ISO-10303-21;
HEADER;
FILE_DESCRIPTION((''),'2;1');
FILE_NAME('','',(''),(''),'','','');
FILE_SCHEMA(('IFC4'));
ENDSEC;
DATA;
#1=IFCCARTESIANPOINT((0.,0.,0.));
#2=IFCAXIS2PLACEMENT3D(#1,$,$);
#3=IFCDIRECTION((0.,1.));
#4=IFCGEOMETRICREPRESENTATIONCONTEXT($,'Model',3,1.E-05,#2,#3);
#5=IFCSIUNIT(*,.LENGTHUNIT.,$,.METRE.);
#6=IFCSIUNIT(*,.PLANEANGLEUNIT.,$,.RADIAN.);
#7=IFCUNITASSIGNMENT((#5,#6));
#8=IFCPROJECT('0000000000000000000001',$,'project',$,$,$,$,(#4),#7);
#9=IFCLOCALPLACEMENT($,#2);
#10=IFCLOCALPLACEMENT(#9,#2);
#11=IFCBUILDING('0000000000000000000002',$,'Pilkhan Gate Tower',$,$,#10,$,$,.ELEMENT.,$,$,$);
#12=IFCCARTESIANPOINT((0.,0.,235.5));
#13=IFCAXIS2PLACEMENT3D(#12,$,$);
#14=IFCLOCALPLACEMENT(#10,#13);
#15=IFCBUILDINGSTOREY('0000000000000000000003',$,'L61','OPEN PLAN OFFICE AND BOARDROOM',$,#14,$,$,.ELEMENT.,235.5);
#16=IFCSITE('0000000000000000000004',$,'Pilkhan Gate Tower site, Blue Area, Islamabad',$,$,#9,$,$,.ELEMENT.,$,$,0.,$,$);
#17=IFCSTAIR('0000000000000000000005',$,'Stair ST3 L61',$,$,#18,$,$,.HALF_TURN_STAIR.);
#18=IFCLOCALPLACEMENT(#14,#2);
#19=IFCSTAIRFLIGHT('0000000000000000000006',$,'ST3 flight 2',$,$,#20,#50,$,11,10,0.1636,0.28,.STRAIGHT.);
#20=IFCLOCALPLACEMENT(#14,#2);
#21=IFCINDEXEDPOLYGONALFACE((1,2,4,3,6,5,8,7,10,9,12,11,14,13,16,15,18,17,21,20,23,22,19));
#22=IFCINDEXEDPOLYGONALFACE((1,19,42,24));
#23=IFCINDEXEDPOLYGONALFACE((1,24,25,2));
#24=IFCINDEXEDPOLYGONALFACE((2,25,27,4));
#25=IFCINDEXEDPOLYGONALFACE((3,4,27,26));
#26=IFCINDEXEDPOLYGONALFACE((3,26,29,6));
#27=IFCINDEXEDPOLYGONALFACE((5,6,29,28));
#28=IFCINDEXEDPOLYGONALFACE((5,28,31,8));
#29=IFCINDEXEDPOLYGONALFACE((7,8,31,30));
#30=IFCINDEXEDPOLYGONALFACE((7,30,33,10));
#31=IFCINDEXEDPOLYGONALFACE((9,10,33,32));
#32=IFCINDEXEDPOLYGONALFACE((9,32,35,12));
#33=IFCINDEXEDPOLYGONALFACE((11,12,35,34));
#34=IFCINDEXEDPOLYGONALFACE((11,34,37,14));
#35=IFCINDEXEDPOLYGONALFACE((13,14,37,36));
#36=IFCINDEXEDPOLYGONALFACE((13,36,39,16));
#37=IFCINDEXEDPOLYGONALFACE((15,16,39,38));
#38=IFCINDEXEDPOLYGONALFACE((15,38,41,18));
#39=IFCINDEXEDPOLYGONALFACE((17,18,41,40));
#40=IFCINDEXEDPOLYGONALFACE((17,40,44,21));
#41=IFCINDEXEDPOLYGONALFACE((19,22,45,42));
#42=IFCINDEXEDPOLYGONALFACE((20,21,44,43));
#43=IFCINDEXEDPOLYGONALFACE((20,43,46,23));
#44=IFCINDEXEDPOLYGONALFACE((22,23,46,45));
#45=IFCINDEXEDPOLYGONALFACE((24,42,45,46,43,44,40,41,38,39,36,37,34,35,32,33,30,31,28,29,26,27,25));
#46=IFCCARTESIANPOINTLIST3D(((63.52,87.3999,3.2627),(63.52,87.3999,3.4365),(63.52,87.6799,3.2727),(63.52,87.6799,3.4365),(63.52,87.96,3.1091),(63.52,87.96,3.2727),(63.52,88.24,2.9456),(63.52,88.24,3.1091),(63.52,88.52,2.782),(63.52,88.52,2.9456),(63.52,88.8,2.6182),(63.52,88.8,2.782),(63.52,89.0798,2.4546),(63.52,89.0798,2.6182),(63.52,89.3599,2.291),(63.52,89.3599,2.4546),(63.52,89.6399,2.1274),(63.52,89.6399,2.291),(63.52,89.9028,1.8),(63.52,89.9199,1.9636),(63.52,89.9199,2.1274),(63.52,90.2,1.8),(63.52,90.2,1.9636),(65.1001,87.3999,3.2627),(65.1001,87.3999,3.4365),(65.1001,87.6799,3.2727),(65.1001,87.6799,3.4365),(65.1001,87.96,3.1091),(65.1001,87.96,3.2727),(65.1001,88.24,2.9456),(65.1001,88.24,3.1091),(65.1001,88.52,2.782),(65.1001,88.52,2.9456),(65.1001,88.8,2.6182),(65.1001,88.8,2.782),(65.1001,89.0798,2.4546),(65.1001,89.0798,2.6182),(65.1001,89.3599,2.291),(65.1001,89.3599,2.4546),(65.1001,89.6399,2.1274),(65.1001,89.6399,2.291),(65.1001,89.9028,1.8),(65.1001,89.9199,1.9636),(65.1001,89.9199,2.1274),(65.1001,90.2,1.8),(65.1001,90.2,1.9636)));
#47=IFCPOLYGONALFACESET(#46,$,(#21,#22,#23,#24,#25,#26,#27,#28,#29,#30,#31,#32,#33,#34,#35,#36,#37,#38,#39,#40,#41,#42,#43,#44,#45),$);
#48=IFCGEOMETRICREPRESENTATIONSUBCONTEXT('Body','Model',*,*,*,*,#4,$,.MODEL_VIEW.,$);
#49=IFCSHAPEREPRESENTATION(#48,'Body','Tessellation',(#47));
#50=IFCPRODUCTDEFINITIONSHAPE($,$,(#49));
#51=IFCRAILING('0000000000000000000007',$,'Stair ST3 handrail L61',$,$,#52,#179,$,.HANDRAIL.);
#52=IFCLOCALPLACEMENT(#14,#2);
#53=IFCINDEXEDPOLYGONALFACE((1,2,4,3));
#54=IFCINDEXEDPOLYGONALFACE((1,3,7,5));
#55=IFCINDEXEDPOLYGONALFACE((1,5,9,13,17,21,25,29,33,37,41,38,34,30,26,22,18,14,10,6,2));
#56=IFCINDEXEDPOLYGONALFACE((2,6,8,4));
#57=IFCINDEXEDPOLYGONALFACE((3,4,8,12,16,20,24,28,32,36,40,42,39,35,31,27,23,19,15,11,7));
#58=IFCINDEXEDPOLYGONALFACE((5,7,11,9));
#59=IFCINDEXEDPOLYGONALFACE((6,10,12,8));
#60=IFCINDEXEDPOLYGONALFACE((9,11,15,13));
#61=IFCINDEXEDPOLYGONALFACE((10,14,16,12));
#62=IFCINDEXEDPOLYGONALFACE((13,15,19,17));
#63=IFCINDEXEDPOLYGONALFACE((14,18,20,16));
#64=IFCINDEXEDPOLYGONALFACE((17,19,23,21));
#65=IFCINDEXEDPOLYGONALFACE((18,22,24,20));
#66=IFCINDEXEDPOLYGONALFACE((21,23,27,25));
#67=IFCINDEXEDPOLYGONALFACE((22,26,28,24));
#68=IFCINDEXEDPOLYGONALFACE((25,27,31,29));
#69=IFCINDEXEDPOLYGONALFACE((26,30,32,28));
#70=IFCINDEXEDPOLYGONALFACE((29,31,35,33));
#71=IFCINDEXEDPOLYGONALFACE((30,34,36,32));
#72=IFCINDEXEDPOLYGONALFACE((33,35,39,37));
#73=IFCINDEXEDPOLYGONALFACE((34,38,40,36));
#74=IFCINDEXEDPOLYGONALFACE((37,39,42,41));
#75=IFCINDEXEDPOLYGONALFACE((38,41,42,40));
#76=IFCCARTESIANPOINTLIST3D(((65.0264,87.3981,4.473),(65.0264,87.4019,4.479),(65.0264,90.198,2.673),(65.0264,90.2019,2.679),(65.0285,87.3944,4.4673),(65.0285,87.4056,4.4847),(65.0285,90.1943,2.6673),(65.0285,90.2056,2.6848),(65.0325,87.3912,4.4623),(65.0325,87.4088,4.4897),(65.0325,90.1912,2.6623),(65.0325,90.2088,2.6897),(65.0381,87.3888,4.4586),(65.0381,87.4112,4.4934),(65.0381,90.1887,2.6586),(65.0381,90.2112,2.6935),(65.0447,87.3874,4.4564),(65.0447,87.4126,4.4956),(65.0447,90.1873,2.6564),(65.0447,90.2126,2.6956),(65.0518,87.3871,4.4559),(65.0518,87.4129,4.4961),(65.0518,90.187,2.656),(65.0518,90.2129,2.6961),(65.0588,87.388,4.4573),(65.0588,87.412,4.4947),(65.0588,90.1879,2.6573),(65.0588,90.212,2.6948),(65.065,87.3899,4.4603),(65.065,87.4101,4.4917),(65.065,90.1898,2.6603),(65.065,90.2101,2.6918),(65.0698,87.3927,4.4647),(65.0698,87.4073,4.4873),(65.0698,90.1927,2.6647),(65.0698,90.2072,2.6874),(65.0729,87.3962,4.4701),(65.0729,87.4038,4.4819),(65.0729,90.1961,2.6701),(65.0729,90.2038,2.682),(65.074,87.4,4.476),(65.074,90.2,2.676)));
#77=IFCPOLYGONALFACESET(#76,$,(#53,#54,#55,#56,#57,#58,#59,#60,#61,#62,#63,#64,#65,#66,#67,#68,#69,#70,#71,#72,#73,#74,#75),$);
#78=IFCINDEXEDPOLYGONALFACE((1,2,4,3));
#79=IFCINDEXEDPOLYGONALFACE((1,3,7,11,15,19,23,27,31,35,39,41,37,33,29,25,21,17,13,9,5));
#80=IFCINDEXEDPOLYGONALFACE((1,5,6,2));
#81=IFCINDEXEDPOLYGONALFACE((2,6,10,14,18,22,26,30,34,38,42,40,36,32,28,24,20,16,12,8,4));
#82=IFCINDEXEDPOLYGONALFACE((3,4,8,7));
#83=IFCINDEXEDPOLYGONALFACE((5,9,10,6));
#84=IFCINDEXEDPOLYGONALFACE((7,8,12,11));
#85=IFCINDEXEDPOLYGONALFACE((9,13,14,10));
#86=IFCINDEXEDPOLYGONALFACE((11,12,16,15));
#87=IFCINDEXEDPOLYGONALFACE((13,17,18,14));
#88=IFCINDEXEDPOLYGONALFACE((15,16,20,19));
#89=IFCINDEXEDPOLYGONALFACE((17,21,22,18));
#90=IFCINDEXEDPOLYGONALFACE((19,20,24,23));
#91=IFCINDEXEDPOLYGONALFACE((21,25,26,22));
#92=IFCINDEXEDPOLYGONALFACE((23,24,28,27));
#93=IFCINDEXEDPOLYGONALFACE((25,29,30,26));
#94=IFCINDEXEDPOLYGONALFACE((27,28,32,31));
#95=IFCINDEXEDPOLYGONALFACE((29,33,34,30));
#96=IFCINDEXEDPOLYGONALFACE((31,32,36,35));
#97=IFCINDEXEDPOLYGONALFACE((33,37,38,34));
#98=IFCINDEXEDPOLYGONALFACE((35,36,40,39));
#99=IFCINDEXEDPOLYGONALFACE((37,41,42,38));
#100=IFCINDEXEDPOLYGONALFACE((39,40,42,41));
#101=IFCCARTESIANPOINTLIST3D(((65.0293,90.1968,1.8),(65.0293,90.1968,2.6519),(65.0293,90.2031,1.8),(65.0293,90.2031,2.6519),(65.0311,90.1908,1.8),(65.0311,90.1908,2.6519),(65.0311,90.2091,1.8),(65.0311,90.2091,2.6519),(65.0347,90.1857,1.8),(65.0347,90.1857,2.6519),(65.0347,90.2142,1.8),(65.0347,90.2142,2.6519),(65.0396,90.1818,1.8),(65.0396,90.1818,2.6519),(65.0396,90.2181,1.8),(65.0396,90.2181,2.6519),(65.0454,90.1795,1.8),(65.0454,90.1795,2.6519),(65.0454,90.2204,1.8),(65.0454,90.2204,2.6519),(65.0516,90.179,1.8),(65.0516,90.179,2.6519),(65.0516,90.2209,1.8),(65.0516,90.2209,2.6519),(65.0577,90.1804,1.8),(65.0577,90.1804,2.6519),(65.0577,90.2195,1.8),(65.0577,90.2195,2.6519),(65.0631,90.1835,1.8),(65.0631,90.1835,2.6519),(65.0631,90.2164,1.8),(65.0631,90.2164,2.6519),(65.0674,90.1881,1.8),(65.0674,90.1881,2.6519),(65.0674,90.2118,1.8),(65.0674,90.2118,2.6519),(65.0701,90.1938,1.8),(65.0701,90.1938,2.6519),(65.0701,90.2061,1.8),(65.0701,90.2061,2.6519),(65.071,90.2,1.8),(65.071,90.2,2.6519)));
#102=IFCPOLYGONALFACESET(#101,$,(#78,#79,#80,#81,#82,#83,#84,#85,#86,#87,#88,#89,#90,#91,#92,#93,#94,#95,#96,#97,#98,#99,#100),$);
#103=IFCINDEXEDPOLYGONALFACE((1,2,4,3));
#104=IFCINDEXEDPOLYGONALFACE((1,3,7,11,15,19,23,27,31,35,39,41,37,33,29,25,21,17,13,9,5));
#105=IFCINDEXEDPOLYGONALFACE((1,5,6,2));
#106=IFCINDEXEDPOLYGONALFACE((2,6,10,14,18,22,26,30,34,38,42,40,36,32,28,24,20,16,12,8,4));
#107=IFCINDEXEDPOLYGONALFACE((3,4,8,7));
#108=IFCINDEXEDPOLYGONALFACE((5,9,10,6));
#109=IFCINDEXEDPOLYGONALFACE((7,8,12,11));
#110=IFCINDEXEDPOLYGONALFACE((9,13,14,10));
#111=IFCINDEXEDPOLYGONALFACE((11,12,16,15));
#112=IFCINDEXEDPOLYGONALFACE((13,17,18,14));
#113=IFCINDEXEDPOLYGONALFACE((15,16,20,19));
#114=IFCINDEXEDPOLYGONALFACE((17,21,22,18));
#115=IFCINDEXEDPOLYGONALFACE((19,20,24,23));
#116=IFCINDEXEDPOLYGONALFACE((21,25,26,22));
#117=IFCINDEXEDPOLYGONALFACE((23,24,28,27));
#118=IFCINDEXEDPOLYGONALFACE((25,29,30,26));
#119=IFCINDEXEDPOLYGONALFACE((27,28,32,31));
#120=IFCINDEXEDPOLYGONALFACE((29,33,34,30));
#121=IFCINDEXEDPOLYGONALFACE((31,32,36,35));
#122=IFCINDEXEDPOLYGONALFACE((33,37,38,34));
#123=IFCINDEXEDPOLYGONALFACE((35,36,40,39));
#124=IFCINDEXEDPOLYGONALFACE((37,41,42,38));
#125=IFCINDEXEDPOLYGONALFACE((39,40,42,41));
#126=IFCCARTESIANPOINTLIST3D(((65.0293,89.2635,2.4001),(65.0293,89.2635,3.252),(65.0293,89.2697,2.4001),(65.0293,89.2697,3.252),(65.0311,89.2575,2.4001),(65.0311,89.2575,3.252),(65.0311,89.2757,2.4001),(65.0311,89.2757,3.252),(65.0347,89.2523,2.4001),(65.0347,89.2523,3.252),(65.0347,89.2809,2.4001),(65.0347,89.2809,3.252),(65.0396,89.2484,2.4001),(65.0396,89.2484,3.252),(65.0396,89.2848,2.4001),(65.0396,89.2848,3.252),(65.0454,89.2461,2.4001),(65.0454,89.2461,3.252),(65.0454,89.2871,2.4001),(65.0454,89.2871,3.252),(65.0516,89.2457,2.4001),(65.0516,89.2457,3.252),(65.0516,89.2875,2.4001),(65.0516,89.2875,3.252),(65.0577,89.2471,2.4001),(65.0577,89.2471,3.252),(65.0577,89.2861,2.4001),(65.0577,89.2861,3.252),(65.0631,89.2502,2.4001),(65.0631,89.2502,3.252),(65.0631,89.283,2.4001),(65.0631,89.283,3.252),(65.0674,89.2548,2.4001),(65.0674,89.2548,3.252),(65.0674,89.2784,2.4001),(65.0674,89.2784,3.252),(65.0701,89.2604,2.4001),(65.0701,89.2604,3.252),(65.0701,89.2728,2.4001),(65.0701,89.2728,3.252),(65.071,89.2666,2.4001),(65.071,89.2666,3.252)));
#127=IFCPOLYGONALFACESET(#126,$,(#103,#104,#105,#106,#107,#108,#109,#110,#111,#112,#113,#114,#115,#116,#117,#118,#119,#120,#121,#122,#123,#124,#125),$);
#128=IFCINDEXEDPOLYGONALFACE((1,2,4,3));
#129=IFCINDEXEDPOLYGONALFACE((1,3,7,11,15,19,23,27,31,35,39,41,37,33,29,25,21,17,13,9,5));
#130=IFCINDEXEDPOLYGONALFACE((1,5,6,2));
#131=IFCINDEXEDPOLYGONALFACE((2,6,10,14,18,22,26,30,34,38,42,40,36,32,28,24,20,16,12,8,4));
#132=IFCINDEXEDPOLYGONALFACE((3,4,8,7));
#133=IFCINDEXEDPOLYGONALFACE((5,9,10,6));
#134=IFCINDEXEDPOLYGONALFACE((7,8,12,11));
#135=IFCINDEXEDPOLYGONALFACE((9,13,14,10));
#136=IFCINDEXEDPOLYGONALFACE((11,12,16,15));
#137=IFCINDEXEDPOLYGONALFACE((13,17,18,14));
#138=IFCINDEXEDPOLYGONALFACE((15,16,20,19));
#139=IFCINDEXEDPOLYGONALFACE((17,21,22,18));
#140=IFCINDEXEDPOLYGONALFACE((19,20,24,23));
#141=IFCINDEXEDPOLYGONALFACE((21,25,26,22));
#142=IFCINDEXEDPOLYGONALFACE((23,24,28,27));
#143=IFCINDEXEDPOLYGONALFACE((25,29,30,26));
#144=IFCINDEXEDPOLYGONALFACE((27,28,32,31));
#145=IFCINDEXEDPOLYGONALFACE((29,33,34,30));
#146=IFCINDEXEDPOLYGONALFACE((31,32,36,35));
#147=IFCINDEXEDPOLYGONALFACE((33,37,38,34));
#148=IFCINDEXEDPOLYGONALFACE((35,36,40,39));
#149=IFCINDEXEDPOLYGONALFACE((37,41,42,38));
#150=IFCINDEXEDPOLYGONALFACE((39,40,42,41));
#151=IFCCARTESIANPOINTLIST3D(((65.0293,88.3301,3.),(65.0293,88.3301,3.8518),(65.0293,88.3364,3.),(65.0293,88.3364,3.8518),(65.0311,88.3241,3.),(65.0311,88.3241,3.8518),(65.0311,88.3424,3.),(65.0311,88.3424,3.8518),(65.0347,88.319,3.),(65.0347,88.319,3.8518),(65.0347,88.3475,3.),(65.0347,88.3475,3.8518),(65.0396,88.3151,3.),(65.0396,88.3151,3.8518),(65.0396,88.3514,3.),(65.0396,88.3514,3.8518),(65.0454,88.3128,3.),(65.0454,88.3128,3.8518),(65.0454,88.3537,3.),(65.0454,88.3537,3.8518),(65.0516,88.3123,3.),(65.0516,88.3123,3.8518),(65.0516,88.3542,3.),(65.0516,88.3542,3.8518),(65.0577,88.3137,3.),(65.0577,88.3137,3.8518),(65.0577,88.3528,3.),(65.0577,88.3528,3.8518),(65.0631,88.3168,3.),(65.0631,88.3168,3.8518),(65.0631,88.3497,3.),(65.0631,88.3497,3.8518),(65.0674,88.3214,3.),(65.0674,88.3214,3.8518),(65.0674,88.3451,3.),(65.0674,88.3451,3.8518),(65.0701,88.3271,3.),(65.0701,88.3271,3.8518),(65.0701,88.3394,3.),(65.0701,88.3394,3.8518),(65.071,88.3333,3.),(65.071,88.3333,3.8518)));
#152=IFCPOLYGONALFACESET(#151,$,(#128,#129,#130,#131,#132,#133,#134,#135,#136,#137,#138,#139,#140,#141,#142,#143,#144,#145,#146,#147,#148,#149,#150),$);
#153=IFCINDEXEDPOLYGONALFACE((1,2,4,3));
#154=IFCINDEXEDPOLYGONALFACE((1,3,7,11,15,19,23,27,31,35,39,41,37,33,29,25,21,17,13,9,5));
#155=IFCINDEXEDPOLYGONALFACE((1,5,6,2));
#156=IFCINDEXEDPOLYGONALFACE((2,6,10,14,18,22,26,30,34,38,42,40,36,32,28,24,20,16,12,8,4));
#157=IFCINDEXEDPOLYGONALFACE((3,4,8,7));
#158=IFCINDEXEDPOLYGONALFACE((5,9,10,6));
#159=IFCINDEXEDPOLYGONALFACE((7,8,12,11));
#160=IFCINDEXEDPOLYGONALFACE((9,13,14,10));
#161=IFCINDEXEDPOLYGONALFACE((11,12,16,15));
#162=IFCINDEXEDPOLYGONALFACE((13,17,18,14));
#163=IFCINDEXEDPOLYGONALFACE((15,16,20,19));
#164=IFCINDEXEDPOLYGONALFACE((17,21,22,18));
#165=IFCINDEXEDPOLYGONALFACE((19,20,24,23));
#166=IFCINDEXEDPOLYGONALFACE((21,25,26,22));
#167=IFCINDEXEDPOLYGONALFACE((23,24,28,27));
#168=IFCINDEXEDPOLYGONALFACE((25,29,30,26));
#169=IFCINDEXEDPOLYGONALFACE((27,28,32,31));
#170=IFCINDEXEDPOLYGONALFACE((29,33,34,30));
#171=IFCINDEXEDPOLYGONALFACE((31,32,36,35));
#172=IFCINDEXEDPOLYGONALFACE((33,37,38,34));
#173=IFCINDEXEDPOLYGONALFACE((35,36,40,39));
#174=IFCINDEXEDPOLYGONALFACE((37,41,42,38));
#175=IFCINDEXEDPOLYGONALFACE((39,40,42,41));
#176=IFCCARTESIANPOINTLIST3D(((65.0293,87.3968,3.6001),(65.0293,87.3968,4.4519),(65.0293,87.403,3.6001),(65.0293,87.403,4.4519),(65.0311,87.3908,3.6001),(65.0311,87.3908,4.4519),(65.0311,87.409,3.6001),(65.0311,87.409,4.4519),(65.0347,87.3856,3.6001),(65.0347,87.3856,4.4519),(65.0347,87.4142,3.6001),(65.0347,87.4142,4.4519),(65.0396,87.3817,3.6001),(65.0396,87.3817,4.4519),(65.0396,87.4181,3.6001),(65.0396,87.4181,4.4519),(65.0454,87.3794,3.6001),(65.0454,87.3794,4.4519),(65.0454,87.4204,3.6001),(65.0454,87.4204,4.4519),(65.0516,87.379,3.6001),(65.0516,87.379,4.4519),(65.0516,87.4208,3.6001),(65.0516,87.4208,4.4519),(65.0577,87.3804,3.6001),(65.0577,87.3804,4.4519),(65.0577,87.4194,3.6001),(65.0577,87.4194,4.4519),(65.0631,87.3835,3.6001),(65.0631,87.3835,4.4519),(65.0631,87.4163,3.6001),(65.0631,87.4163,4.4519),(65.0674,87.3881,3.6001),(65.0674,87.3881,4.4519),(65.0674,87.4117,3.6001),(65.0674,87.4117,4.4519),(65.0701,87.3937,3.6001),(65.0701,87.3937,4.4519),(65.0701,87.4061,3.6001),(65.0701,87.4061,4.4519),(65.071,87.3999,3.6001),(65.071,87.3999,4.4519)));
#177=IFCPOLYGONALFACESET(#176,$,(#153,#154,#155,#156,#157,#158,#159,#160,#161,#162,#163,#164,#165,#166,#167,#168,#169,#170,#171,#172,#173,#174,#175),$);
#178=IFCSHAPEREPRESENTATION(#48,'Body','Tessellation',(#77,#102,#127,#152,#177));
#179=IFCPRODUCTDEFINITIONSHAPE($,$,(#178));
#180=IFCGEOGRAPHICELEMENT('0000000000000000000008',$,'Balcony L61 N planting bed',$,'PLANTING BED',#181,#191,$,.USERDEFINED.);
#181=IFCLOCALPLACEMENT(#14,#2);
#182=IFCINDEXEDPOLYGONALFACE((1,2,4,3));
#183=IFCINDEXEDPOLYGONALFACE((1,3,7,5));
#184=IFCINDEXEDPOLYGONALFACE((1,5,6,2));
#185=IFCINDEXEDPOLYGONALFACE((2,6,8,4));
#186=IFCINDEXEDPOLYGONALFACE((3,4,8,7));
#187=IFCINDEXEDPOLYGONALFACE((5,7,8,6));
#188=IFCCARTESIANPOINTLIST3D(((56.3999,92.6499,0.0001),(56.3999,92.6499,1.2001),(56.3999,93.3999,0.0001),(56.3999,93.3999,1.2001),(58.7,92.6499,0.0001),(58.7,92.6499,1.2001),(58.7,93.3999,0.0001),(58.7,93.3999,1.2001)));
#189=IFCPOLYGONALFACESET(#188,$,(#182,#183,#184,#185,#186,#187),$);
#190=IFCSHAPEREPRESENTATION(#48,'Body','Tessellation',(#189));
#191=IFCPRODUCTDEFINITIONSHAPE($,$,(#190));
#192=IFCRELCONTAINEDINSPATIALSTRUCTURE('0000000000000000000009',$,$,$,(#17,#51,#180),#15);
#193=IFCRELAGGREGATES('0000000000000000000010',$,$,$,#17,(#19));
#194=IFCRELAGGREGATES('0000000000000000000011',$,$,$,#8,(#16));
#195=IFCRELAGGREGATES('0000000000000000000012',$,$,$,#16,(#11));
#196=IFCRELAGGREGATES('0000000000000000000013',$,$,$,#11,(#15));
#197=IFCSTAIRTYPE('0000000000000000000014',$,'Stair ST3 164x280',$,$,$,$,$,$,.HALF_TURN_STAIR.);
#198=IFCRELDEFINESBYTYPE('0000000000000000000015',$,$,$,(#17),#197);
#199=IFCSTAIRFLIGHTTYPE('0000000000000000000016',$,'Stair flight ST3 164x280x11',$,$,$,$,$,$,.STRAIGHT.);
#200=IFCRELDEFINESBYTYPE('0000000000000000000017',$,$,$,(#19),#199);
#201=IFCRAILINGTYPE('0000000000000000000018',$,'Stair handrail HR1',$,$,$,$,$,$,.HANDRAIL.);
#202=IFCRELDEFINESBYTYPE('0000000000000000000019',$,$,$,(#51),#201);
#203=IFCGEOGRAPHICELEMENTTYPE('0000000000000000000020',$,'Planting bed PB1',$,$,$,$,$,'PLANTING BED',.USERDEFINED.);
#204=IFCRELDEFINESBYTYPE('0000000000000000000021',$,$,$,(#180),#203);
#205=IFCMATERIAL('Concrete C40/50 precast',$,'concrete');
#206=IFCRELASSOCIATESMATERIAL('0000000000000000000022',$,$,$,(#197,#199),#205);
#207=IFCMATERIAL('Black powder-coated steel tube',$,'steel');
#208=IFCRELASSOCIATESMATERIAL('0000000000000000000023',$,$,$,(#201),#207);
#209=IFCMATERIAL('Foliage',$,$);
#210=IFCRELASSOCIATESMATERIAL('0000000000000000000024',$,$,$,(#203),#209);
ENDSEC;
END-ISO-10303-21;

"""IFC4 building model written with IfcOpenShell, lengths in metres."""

from ifc_helpers import new_model, si_unit, direction, frame, origin, origin_2d, place, context, subcontext, project, spatial, polyline, rectangle, circle, outline, extrude, material, material_profile, profile_set, type_object, element, aggregate, save


model = new_model("IFC4")

# Units and contexts
model_context = context("Model", 3, precision=1e-05, world=origin(), true_north=direction((0.0, 1.0)))
body_context = subcontext(model_context, "Body", "Model", "MODEL_VIEW")
ifc_project = project(units=[si_unit("LENGTHUNIT", "METRE"), si_unit("PLANEANGLEUNIT", "RADIAN")], contexts=[model_context])

# Site, building, storey
site_placement = place(None, origin())
site = spatial("IfcSite", under=ifc_project, at=site_placement, Name="Pilkhan Gate Tower site, Blue Area, Islamabad", CompositionType="ELEMENT", RefElevation=0.0)
building_placement = place(site_placement, origin())
building = spatial("IfcBuilding", under=site, at=building_placement, Name="Pilkhan Gate Tower", CompositionType="ELEMENT")
storey_placement = place(building_placement, frame((0.0, 0.0, 235.5)))
storey = spatial("IfcBuildingStorey", under=building, at=storey_placement, Name="L61", Description="OPEN PLAN OFFICE AND BOARDROOM", CompositionType="ELEMENT", Elevation=235.5)

# Stair, stair flight
ifc_material_1 = material(Name="Concrete C40/50 precast", Category="concrete")
stair_type = type_object("IfcStairType", Name="Stair ST3 164x280", PredefinedType="HALF_TURN_STAIR", material=ifc_material_1)
stair_placement = place(storey_placement, origin())
stair = element("IfcStair", 1, at=stair_placement, inside=storey, type_object=stair_type, Name="Stair ST3 L61", PredefinedType="HALF_TURN_STAIR")
stair_flight_type = type_object("IfcStairFlightType", Name="Stair flight ST3 164x280x11", PredefinedType="STRAIGHT", material=ifc_material_1)
stair_flight_placement = place(storey_placement, frame((64.3101, 90.2, 1.8), z_axis=(0.0, 0.0, 1.0), x_axis=(0.0, -1.0, 0.0)))
stair_flight = element("IfcStairFlight", 2, at=stair_flight_placement, type_object=stair_flight_type, Name="ST3 flight 2", NumberOfRisers=11, NumberOfTreads=10, PredefinedType="STRAIGHT", RiserHeight=0.1636, TreadLength=0.28, context=body_context, shape_type="SweptSolid", body=[
    extrude(outline(polyline([(0.0, 0.0), (0.0, 0.1636), (0.28, 0.1636), (0.28, 0.3274), (0.5601, 0.3274), (0.5601, 0.491), (0.8401, 0.491), (0.8401, 0.6545), (1.1201, 0.6545), (1.1201, 0.8181), (1.3999, 0.8181), (1.3999, 0.9819), (1.6799, 0.9819), (1.6799, 1.1455), (1.96, 1.1455), (1.96, 1.3091), (2.24, 1.3091), (2.24, 1.4727), (2.52, 1.4727), (2.52, 1.6365), (2.8, 1.6365), (2.8, 1.8), (2.8, 1.4626), (0.2971, 0.0), (0.0, 0.0)])), frame((0.0, 0.79, 0.0), z_axis=(0.0, -1.0, 0.0), x_axis=(1.0, 0.0, 0.0)), (0.0, 0.0, 1.0), 1.5801),
])
aggregate(stair, [stair_flight])

# Railing
ifc_material_2 = material(Name="Black powder-coated steel tube", Category="steel")
railing_type_1 = type_object("IfcRailingType", Name="Stair handrail HR1", PredefinedType="HANDRAIL", material=ifc_material_2)
railing_1_placement = place(storey_placement, frame((65.05, 90.2, 1.8)))
element("IfcRailing", 3, at=railing_1_placement, inside=storey, type_object=railing_type_1, Name="Stair ST3 handrail L61", PredefinedType="HANDRAIL", context=body_context, shape_type="SweptSolid", body=[
    extrude(circle(Radius=0.0239, at=origin_2d()), frame((0.0, 0.0, 0.876), z_axis=(0.0, -0.841176, 0.540761), x_axis=(1.0, 0.0, 0.0)), (0.0, 0.0, 1.0), 3.3286),
    extrude(circle(Radius=0.021, at=origin_2d()), origin(), (0.0, 0.0, 1.0), 0.8518),
    extrude(circle(Radius=0.021, at=origin_2d()), frame((0.0, -0.9333, 0.6001)), (0.0, 0.0, 1.0), 0.8518),
    extrude(circle(Radius=0.021, at=origin_2d()), frame((0.0, -1.8667, 1.2)), (0.0, 0.0, 1.0), 0.8518),
    extrude(circle(Radius=0.021, at=origin_2d()), frame((0.0, -2.8, 1.8)), (0.0, 0.0, 1.0), 0.8518),
])

# Geographic element
ifc_material_3 = material(Name="Foliage")
ifc_material_profile_1 = material_profile(ifc_material_3, rectangle(XDim=0.75, YDim=1.2, at=origin_2d()), Name="Bed 750x1200")
ifc_profile_set_1 = profile_set([ifc_material_profile_1], Name="Foliage")
geographic_element_type_1 = type_object("IfcGeographicElementType", Name="Planting bed PB1", ElementType="PLANTING BED", PredefinedType="USERDEFINED", material=ifc_profile_set_1)
geographic_element_1_placement = place(storey_placement, frame((56.3999, 93.0249, 0.6001), z_axis=(1.0, 0.0, 0.0), x_axis=(0.0, 1.0, 0.0)))
element("IfcGeographicElement", 4, at=geographic_element_1_placement, inside=storey, type_object=geographic_element_type_1, Name="Balcony L61 N planting bed", ObjectType="PLANTING BED", PredefinedType="USERDEFINED", context=body_context, shape_type="SweptSolid", body=[
    extrude(rectangle(XDim=0.75, YDim=1.2, at=origin_2d()), origin(), (0.0, 0.0, 1.0), 2.3),
])

save(model, "model.ifc")
